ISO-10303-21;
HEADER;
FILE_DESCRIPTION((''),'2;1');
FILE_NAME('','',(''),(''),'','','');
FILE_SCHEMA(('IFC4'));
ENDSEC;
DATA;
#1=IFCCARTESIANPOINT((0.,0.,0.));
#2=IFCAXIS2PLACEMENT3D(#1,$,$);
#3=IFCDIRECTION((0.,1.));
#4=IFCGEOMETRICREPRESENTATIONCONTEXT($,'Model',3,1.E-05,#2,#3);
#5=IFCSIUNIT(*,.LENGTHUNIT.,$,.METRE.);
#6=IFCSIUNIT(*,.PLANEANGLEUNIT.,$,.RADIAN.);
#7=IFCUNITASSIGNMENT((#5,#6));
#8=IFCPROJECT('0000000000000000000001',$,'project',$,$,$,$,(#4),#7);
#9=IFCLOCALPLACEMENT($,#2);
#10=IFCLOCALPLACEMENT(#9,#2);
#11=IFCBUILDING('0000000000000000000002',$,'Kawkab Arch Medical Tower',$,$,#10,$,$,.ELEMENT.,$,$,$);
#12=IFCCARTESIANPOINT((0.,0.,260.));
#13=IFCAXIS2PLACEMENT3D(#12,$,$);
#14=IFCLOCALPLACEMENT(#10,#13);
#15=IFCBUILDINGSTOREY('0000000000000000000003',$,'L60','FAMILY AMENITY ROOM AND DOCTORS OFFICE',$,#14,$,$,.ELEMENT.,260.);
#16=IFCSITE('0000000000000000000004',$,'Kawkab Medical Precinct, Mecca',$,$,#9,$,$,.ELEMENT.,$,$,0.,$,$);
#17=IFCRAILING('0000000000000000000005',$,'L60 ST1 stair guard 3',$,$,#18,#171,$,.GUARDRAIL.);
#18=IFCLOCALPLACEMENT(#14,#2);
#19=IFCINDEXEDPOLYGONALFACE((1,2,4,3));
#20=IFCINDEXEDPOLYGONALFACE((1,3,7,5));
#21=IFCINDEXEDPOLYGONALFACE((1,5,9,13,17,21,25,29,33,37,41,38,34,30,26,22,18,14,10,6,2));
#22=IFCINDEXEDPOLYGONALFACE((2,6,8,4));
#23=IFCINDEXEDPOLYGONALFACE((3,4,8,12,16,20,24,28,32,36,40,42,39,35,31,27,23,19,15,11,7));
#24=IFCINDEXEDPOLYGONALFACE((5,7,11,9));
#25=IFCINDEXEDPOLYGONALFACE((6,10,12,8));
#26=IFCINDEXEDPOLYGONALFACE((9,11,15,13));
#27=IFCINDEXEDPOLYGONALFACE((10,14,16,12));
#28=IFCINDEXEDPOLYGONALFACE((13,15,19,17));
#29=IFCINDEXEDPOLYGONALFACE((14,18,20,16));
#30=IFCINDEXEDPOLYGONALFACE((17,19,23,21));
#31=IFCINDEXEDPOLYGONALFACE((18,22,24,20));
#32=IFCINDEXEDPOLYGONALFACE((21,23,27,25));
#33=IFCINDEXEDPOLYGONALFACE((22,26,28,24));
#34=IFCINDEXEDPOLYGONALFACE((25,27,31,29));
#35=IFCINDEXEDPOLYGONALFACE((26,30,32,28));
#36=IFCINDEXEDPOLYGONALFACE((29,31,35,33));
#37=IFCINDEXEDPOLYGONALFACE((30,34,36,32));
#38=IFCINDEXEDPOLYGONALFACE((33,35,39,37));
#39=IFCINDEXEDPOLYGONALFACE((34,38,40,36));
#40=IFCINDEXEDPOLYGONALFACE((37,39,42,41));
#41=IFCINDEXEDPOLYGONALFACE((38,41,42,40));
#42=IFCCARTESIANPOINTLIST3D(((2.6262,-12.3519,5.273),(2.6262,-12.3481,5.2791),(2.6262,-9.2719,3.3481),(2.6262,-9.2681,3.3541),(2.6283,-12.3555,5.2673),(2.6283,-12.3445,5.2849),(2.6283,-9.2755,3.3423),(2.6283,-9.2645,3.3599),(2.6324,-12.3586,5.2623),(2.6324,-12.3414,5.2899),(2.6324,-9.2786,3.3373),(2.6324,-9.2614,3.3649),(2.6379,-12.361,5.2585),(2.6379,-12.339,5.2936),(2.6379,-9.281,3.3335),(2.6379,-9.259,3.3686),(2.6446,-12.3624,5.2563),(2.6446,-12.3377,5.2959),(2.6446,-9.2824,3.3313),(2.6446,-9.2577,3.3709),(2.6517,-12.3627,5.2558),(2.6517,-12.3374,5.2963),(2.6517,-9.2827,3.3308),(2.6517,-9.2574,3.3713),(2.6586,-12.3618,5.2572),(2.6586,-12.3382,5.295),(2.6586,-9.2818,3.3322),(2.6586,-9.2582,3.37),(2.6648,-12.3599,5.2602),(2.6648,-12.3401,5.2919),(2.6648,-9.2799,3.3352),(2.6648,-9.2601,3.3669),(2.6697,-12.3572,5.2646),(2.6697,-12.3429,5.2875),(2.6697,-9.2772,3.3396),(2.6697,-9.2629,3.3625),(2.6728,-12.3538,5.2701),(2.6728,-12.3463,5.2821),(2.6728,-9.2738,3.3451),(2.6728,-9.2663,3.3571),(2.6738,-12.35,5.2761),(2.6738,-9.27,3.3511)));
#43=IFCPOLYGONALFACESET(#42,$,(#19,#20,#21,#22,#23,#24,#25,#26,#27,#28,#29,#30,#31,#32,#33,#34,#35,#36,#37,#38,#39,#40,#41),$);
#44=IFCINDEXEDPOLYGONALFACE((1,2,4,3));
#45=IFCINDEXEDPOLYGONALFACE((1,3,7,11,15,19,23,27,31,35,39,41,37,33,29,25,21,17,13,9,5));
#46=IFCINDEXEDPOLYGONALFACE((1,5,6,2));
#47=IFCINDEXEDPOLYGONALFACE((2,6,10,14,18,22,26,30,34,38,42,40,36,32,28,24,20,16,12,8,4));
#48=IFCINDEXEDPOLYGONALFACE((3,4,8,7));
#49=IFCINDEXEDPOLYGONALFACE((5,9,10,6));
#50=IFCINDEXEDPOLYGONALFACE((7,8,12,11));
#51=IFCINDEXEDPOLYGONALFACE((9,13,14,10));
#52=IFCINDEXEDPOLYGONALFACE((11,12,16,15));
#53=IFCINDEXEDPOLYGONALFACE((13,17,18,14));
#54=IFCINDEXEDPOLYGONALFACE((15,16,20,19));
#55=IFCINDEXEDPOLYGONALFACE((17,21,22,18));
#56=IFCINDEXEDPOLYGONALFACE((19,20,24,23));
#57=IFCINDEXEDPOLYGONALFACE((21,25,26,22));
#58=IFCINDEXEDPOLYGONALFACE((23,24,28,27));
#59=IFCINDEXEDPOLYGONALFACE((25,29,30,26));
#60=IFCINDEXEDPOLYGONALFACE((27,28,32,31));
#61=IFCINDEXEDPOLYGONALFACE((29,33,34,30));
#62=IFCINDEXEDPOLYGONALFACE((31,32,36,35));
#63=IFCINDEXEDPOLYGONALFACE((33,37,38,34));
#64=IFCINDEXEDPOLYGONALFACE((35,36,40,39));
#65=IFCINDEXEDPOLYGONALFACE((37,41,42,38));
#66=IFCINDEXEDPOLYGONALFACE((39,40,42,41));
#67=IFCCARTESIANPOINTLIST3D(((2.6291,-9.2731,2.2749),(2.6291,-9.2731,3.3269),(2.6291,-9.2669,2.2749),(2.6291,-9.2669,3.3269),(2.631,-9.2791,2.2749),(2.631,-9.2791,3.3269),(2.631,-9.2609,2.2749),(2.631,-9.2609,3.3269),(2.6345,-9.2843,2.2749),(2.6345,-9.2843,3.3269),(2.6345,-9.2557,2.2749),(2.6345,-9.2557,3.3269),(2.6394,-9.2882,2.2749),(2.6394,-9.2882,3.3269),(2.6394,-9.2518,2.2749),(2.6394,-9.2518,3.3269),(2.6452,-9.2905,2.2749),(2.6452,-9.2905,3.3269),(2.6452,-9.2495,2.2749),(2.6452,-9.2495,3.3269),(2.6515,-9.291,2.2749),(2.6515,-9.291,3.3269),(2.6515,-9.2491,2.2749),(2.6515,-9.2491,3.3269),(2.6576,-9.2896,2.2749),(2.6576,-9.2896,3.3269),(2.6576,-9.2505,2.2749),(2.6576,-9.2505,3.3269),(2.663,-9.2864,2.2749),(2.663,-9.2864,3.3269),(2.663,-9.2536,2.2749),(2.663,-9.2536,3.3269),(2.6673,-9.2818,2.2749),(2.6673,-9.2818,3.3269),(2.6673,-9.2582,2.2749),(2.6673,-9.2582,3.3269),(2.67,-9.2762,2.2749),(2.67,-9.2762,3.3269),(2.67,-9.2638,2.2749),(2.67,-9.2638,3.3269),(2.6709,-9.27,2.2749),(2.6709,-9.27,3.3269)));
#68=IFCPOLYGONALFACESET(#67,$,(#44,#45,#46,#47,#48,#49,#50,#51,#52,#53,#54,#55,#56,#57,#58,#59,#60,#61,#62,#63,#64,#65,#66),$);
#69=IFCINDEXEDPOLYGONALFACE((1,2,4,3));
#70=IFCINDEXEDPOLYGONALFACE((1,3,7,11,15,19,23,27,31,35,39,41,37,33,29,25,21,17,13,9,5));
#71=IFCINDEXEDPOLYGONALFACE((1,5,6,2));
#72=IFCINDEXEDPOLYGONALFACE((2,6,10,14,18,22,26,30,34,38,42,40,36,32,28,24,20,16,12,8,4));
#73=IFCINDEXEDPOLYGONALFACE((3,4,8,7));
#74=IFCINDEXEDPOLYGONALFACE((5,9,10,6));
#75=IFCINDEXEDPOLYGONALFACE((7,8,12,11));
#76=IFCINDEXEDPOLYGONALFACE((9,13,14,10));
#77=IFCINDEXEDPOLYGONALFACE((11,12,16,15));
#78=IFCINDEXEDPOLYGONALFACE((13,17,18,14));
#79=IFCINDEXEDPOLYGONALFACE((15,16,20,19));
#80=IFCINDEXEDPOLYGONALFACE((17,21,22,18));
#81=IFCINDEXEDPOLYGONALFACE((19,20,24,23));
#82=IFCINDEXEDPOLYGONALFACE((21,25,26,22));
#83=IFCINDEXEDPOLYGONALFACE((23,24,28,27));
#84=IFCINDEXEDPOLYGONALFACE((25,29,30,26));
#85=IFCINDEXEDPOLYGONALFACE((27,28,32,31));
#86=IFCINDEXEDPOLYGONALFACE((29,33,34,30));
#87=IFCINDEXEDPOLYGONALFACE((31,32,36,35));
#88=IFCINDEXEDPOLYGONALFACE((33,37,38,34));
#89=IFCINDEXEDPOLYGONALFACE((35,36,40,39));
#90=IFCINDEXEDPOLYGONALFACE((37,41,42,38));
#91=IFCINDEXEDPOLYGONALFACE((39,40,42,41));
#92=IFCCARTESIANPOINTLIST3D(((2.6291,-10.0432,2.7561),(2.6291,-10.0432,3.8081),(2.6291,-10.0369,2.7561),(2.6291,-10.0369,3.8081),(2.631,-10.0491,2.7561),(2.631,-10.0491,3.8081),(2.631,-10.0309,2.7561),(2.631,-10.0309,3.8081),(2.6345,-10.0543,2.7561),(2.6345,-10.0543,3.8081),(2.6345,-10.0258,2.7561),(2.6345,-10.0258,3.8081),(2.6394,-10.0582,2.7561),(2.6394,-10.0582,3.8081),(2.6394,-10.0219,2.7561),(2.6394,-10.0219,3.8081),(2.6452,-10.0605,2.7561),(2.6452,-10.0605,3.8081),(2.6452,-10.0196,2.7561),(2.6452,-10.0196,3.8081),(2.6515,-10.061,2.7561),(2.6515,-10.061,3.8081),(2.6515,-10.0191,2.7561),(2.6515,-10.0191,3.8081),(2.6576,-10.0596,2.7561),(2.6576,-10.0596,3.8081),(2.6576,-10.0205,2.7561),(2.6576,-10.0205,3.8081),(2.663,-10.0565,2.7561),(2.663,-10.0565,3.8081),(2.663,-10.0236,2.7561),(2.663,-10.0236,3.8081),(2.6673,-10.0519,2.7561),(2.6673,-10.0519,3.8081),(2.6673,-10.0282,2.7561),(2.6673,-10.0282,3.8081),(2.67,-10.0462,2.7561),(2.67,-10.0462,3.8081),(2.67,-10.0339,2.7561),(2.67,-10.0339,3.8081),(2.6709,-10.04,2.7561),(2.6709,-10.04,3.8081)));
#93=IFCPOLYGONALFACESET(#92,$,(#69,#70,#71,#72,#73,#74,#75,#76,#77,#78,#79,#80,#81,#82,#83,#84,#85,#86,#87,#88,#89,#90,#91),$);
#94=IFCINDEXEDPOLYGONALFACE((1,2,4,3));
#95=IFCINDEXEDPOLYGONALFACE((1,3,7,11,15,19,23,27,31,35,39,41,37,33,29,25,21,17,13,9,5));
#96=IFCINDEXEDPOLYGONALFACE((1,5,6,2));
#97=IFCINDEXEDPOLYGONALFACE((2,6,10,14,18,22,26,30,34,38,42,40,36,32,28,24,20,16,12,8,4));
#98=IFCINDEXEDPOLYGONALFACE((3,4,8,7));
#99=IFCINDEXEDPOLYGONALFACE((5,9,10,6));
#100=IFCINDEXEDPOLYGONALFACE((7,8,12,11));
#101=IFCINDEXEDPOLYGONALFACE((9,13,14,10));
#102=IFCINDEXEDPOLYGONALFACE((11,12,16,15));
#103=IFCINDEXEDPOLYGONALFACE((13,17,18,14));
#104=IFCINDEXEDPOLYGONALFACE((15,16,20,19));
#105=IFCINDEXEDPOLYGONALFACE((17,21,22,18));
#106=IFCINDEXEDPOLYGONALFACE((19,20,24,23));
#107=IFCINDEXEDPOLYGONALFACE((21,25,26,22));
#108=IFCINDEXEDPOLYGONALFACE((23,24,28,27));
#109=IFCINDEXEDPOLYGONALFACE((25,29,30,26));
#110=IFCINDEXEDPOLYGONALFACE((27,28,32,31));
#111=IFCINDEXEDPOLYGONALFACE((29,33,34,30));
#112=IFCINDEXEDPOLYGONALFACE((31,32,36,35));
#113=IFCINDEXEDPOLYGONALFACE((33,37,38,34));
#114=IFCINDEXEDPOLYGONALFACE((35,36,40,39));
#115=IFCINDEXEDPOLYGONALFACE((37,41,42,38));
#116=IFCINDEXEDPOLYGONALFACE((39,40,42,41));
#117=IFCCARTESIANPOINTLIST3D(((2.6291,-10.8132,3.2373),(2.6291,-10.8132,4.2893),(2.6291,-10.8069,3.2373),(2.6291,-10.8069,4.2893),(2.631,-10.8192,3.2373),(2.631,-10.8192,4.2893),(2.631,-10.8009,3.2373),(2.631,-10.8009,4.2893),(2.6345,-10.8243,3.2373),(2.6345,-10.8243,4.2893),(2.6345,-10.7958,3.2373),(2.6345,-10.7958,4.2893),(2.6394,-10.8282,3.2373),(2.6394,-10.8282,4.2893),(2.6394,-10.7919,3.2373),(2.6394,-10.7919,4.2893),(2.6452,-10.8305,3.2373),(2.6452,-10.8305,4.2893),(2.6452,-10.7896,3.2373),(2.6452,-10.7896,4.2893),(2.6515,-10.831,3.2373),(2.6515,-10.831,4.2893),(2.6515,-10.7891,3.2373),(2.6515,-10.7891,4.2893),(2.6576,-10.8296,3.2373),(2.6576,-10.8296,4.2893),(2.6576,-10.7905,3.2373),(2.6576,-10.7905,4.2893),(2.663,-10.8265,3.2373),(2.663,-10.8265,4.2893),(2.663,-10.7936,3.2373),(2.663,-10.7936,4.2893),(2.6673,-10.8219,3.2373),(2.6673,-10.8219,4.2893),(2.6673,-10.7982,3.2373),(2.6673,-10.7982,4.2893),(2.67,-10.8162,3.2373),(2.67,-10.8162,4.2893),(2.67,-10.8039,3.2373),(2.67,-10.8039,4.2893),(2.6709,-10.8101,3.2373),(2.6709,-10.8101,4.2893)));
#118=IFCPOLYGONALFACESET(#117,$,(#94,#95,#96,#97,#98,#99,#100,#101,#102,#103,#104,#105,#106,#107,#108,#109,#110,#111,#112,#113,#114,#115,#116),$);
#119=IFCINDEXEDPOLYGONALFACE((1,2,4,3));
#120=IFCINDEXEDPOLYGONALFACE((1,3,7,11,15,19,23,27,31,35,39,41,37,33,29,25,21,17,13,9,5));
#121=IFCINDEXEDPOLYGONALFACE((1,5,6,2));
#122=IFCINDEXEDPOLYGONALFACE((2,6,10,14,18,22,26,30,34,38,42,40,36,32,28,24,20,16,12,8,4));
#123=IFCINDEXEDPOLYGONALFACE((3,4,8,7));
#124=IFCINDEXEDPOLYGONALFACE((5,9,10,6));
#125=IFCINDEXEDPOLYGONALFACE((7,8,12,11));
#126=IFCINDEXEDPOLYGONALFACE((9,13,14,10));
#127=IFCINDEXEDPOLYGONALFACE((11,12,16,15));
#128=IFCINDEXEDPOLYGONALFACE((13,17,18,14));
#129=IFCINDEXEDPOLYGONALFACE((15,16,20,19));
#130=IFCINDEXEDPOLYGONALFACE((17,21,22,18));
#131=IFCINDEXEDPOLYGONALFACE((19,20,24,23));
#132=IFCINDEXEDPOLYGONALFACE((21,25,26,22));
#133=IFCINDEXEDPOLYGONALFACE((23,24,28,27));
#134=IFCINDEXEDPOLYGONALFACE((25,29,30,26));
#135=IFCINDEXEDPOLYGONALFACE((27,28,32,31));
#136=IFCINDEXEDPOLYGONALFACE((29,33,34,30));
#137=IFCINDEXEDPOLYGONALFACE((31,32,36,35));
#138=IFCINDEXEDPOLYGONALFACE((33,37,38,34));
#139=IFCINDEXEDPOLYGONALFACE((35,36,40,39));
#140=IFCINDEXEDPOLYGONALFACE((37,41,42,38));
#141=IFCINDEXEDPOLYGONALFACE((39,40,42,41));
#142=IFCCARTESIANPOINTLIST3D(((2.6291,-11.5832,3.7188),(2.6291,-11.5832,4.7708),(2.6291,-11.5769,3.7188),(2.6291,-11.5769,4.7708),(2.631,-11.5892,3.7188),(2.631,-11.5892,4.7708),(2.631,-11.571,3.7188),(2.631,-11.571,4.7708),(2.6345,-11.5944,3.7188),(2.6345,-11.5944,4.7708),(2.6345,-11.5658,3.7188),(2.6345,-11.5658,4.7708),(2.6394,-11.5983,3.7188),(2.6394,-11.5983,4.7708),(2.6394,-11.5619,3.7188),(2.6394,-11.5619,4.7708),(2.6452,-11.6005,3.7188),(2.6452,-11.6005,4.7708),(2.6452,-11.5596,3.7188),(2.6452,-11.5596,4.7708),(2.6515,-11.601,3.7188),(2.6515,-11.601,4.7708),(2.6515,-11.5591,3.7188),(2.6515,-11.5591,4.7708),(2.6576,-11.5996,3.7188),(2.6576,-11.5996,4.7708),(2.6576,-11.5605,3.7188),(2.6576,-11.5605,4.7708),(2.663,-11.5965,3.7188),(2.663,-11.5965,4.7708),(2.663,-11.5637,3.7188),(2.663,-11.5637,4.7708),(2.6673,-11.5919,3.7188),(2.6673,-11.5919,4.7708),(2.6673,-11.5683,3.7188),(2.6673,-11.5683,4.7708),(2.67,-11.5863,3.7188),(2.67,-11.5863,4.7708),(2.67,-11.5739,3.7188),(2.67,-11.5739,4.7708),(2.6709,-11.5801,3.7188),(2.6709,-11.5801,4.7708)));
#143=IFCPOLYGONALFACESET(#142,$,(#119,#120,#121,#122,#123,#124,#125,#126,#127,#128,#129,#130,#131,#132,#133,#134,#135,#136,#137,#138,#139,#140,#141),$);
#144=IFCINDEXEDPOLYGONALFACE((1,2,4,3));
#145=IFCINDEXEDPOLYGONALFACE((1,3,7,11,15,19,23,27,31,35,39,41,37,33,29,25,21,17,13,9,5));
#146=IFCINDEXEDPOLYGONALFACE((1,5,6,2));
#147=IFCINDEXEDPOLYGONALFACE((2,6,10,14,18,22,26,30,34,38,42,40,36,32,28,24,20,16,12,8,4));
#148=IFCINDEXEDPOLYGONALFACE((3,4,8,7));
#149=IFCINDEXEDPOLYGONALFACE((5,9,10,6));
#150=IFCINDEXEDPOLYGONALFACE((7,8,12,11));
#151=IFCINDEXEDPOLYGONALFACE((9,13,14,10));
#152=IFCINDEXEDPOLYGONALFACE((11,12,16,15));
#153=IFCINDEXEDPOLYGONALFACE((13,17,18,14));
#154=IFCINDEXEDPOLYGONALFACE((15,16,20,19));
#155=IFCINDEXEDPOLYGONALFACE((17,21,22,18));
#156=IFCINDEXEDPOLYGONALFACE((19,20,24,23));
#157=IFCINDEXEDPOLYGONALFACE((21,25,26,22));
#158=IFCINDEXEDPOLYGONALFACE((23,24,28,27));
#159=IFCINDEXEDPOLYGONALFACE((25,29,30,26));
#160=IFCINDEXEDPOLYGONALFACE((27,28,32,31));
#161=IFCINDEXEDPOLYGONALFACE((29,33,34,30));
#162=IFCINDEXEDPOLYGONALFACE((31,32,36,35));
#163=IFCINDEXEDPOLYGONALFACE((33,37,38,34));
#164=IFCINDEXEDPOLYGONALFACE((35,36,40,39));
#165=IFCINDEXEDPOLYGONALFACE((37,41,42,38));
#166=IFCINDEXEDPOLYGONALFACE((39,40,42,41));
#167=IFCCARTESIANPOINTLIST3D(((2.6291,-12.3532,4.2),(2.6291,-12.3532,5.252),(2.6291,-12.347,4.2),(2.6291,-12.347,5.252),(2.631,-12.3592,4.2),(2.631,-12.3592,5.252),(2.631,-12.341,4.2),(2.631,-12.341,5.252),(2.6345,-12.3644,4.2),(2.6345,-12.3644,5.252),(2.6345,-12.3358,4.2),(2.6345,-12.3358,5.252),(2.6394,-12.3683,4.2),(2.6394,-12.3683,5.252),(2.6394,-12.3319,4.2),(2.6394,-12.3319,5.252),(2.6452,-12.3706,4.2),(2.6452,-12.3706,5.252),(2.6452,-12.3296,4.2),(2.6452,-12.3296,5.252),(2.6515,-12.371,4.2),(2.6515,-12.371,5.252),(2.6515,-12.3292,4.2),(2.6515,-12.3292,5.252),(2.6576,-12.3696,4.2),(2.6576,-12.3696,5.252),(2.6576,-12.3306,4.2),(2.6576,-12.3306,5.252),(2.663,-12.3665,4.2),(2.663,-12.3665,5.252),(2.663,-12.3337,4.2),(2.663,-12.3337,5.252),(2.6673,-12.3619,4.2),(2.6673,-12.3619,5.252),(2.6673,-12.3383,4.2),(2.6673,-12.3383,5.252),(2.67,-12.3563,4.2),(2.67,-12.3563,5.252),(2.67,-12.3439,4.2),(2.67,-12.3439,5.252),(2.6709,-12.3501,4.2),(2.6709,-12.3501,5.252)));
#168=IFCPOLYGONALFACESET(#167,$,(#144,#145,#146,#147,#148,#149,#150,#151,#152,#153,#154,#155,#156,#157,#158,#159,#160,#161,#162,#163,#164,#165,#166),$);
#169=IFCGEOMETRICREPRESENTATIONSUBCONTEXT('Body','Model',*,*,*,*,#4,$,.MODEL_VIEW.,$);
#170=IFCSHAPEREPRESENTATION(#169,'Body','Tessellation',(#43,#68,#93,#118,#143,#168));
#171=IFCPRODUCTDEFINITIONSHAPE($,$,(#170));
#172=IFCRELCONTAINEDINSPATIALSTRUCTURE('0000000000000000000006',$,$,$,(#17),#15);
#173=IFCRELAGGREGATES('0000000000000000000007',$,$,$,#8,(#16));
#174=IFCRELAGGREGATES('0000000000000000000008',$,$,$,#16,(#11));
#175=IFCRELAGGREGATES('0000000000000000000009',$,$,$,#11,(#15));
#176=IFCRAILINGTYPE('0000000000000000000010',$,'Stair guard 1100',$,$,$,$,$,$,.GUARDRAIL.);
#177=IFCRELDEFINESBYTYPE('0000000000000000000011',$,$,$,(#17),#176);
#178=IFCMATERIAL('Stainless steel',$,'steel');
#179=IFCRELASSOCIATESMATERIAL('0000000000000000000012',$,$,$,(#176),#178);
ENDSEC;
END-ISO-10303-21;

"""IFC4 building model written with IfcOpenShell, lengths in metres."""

from ifc_helpers import new_model, si_unit, direction, frame, origin, origin_2d, place, context, subcontext, project, spatial, circle, extrude, material, type_object, element, save


model = new_model("IFC4")

# Units and contexts
model_context = context("Model", 3, precision=1e-05, world=origin(), true_north=direction((0.0, 1.0)))
body_context = subcontext(model_context, "Body", "Model", "MODEL_VIEW")
ifc_project = project(units=[si_unit("LENGTHUNIT", "METRE"), si_unit("PLANEANGLEUNIT", "RADIAN")], contexts=[model_context])

# Site, building, storey
site_placement = place(None, origin())
site = spatial("IfcSite", under=ifc_project, at=site_placement, Name="Kawkab Medical Precinct, Mecca", CompositionType="ELEMENT", RefElevation=0.0)
building_placement = place(site_placement, origin())
building = spatial("IfcBuilding", under=site, at=building_placement, Name="Kawkab Arch Medical Tower", CompositionType="ELEMENT")
storey_placement = place(building_placement, frame((0.0, 0.0, 260.0)))
storey = spatial("IfcBuildingStorey", under=building, at=storey_placement, Name="L60", Description="FAMILY AMENITY ROOM AND DOCTORS OFFICE", CompositionType="ELEMENT", Elevation=260.0)

# Railing
ifc_material_1 = material(Name="Stainless steel", Category="steel")
railing_type_1 = type_object("IfcRailingType", Name="Stair guard 1100", PredefinedType="GUARDRAIL", material=ifc_material_1)
railing_1_placement = place(storey_placement, frame((2.6499, -9.27, 2.2749)))
element("IfcRailing", 1, at=railing_1_placement, inside=storey, type_object=railing_type_1, Name="L60 ST1 stair guard 3", PredefinedType="GUARDRAIL", context=body_context, shape_type="SweptSolid", body=[
    extrude(circle(Radius=0.0239, at=origin_2d()), frame((0.0, 0.0, 1.0762), z_axis=(0.0, -0.847998, 0.529999), x_axis=(1.0, 0.0, 0.0)), (0.0, 0.0, 1.0), 3.6321),
    extrude(circle(Radius=0.021, at=origin_2d()), origin(), (0.0, 0.0, 1.0), 1.052),
    extrude(circle(Radius=0.021, at=origin_2d()), frame((0.0, -0.77, 0.4812)), (0.0, 0.0, 1.0), 1.052),
    extrude(circle(Radius=0.021, at=origin_2d()), frame((0.0, -1.54, 0.9624)), (0.0, 0.0, 1.0), 1.052),
    extrude(circle(Radius=0.021, at=origin_2d()), frame((0.0, -2.3101, 1.4438)), (0.0, 0.0, 1.0), 1.052),
    extrude(circle(Radius=0.021, at=origin_2d()), frame((0.0, -3.0801, 1.925)), (0.0, 0.0, 1.0), 1.052),
])

save(model, "model.ifc")
